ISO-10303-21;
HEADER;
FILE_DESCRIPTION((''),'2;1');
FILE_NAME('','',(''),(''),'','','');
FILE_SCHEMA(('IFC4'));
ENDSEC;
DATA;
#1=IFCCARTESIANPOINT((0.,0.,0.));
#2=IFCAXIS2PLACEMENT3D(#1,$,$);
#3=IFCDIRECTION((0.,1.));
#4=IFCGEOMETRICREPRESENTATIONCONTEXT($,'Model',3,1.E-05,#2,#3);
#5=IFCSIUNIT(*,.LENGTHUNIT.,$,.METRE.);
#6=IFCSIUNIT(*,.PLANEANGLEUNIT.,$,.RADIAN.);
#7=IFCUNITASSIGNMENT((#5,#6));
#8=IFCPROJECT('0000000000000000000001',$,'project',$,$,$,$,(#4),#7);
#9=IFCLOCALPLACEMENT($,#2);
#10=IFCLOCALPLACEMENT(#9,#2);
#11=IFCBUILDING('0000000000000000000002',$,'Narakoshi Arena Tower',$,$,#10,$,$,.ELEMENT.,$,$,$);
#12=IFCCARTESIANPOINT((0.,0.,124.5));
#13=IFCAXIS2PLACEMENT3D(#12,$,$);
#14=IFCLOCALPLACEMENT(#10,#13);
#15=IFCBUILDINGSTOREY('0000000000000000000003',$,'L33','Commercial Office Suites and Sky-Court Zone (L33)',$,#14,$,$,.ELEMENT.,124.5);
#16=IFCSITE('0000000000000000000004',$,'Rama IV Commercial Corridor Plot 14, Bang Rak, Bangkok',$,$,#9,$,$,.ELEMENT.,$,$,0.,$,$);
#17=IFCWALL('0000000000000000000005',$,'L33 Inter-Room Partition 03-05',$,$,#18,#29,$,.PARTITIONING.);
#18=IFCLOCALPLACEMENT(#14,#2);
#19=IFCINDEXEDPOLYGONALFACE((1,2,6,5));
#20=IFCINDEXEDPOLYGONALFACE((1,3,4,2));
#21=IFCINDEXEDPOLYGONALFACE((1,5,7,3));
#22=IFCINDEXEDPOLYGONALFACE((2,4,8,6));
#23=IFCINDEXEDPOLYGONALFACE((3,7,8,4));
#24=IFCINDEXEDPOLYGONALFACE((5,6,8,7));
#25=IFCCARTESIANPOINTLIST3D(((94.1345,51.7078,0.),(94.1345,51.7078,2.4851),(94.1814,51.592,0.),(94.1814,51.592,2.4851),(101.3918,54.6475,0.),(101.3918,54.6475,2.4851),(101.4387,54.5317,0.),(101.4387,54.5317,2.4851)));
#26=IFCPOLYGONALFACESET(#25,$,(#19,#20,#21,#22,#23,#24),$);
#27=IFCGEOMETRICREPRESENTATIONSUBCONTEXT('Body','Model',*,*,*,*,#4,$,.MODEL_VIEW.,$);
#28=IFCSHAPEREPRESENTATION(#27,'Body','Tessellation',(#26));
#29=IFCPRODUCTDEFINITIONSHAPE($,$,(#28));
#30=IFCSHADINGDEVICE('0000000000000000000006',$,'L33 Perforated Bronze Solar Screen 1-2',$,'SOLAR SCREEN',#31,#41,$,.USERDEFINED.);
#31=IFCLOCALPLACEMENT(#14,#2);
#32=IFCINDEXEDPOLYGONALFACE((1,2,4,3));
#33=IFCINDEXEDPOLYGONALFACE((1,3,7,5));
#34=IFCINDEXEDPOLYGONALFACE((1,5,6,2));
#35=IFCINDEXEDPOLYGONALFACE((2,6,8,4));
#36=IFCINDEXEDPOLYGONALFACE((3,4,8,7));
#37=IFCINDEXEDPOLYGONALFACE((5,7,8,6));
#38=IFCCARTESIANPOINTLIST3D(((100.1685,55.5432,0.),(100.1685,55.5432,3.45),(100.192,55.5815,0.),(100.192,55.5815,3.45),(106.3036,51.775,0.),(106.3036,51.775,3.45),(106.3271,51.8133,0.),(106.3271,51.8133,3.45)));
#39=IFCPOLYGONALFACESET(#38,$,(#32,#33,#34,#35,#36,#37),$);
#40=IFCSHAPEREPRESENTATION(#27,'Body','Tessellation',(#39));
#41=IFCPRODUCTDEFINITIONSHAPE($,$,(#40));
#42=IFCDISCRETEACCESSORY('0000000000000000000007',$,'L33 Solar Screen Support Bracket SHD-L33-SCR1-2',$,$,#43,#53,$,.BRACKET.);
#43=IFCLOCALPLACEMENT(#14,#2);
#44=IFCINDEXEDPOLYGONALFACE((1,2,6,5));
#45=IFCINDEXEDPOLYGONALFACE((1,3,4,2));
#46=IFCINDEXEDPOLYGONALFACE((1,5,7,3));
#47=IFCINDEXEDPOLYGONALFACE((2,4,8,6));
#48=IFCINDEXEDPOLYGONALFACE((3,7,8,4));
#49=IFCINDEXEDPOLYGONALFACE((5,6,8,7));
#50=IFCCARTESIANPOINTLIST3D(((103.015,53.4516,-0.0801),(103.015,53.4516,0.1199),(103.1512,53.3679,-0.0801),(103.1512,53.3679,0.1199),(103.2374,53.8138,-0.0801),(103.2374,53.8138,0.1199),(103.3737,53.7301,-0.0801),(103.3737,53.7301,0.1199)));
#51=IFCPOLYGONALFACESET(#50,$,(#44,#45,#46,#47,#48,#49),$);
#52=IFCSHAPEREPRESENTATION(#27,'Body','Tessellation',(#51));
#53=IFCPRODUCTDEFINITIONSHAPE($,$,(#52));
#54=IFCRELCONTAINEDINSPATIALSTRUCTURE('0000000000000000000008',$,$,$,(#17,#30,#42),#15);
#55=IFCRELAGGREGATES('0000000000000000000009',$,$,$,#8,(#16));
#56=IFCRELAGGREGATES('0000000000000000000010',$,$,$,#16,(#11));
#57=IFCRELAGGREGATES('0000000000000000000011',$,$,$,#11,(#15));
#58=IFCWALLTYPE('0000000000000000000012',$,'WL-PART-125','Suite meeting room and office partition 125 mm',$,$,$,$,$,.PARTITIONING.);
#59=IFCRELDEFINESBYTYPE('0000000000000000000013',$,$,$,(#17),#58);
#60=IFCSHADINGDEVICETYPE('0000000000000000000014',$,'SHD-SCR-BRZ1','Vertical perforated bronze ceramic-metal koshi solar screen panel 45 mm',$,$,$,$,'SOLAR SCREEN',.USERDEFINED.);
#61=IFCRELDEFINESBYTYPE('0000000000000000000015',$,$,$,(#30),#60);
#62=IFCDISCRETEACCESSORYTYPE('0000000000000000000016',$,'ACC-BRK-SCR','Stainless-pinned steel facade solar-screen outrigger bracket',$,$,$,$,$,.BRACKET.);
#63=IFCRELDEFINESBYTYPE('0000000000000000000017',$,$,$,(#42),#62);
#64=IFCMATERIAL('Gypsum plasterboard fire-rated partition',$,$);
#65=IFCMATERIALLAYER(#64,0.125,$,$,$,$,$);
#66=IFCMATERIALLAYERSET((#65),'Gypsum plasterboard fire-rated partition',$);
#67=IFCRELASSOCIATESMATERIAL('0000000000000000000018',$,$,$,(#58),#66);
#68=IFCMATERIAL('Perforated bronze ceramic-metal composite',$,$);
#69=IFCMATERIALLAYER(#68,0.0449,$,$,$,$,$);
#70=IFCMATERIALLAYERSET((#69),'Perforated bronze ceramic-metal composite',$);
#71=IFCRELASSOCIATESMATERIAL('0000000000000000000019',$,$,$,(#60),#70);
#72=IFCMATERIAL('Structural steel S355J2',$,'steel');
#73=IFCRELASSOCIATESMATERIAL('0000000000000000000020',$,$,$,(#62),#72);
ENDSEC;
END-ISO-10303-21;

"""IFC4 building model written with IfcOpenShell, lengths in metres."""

from ifc_helpers import new_model, si_unit, direction, frame, frame_2d, origin, origin_2d, place, context, subcontext, project, spatial, rectangle, extrude, material, layer, layer_set, type_object, element, save


model = new_model("IFC4")

# Units and contexts
model_context = context("Model", 3, precision=1e-05, world=origin(), true_north=direction((0.0, 1.0)))
body_context = subcontext(model_context, "Body", "Model", "MODEL_VIEW")
ifc_project = project(units=[si_unit("LENGTHUNIT", "METRE"), si_unit("PLANEANGLEUNIT", "RADIAN")], contexts=[model_context])

# Site, building, storey
site_placement = place(None, origin())
site = spatial("IfcSite", under=ifc_project, at=site_placement, Name="Rama IV Commercial Corridor Plot 14, Bang Rak, Bangkok", CompositionType="ELEMENT", RefElevation=0.0)
building_placement = place(site_placement, origin())
building = spatial("IfcBuilding", under=site, at=building_placement, Name="Narakoshi Arena Tower", CompositionType="ELEMENT")
storey_placement = place(building_placement, frame((0.0, 0.0, 124.5)))
storey = spatial("IfcBuildingStorey", under=building, at=storey_placement, Name="L33", Description="Commercial Office Suites and Sky-Court Zone (L33)", CompositionType="ELEMENT", Elevation=124.5)

# Shared definitions
ifc_material_1 = material(Name="Structural steel S355J2", Category="steel")

# Shared definitions
ifc_material_2 = material(Name="Gypsum plasterboard fire-rated partition")

# Wall
ifc_layer_1 = layer(ifc_material_2, 0.125)
ifc_layer_set_1 = layer_set([ifc_layer_1], Name="Gypsum plasterboard fire-rated partition")
wall_type_1 = type_object("IfcWallType", Name="WL-PART-125", Description="Suite meeting room and office partition 125 mm", PredefinedType="PARTITIONING", material=ifc_layer_set_1)
wall_1_placement = place(storey_placement, frame((94.158, 51.6499, 0.0), z_axis=(0.0, 0.0, 1.0), x_axis=(0.926849, 0.375435, 0.0)))
element("IfcWall", 1, at=wall_1_placement, inside=storey, type_object=wall_type_1, Name="L33 Inter-Room Partition 03-05", PredefinedType="PARTITIONING", context=body_context, shape_type="SweptSolid", body=[
    extrude(rectangle(XDim=7.8301, YDim=0.125, at=frame_2d((3.915, 0.0))), origin(), (0.0, 0.0, 1.0), 2.4851),
])

# Shading device
ifc_material_3 = material(Name="Perforated bronze ceramic-metal composite")
ifc_layer_2 = layer(ifc_material_3, 0.0449)
ifc_layer_set_2 = layer_set([ifc_layer_2], Name="Perforated bronze ceramic-metal composite")
shading_device_type = type_object("IfcShadingDeviceType", Name="SHD-SCR-BRZ1", Description="Vertical perforated bronze ceramic-metal koshi solar screen panel 45 mm", ElementType="SOLAR SCREEN", PredefinedType="USERDEFINED", material=ifc_layer_set_2)
shading_device_placement = place(storey_placement, frame((103.2478, 53.6782, 0.0), z_axis=(0.0, 0.0, 1.0), x_axis=(-0.852111, 0.523361, 0.0)))
element("IfcShadingDevice", 2, at=shading_device_placement, inside=storey, type_object=shading_device_type, Name="L33 Perforated Bronze Solar Screen 1-2", ObjectType="SOLAR SCREEN", PredefinedType="USERDEFINED", context=body_context, shape_type="SweptSolid", body=[
    extrude(rectangle(XDim=7.2, YDim=0.0449, at=origin_2d()), origin(), (0.0, 0.0, 1.0), 3.45),
])

# Discrete accessory
discrete_accessory_type = type_object("IfcDiscreteAccessoryType", Name="ACC-BRK-SCR", Description="Stainless-pinned steel facade solar-screen outrigger bracket", PredefinedType="BRACKET", material=ifc_material_1)
discrete_accessory_placement = place(storey_placement, frame((103.1943, 53.5908, -0.0801), z_axis=(0.0, 0.0, 1.0), x_axis=(-0.852111, 0.523361, 0.0)))
element("IfcDiscreteAccessory", 3, at=discrete_accessory_placement, inside=storey, type_object=discrete_accessory_type, Name="L33 Solar Screen Support Bracket SHD-L33-SCR1-2", PredefinedType="BRACKET", context=body_context, shape_type="SweptSolid", body=[
    extrude(rectangle(XDim=0.1599, YDim=0.425, at=origin_2d()), origin(), (0.0, 0.0, 1.0), 0.2),
])

save(model, "model.ifc")
